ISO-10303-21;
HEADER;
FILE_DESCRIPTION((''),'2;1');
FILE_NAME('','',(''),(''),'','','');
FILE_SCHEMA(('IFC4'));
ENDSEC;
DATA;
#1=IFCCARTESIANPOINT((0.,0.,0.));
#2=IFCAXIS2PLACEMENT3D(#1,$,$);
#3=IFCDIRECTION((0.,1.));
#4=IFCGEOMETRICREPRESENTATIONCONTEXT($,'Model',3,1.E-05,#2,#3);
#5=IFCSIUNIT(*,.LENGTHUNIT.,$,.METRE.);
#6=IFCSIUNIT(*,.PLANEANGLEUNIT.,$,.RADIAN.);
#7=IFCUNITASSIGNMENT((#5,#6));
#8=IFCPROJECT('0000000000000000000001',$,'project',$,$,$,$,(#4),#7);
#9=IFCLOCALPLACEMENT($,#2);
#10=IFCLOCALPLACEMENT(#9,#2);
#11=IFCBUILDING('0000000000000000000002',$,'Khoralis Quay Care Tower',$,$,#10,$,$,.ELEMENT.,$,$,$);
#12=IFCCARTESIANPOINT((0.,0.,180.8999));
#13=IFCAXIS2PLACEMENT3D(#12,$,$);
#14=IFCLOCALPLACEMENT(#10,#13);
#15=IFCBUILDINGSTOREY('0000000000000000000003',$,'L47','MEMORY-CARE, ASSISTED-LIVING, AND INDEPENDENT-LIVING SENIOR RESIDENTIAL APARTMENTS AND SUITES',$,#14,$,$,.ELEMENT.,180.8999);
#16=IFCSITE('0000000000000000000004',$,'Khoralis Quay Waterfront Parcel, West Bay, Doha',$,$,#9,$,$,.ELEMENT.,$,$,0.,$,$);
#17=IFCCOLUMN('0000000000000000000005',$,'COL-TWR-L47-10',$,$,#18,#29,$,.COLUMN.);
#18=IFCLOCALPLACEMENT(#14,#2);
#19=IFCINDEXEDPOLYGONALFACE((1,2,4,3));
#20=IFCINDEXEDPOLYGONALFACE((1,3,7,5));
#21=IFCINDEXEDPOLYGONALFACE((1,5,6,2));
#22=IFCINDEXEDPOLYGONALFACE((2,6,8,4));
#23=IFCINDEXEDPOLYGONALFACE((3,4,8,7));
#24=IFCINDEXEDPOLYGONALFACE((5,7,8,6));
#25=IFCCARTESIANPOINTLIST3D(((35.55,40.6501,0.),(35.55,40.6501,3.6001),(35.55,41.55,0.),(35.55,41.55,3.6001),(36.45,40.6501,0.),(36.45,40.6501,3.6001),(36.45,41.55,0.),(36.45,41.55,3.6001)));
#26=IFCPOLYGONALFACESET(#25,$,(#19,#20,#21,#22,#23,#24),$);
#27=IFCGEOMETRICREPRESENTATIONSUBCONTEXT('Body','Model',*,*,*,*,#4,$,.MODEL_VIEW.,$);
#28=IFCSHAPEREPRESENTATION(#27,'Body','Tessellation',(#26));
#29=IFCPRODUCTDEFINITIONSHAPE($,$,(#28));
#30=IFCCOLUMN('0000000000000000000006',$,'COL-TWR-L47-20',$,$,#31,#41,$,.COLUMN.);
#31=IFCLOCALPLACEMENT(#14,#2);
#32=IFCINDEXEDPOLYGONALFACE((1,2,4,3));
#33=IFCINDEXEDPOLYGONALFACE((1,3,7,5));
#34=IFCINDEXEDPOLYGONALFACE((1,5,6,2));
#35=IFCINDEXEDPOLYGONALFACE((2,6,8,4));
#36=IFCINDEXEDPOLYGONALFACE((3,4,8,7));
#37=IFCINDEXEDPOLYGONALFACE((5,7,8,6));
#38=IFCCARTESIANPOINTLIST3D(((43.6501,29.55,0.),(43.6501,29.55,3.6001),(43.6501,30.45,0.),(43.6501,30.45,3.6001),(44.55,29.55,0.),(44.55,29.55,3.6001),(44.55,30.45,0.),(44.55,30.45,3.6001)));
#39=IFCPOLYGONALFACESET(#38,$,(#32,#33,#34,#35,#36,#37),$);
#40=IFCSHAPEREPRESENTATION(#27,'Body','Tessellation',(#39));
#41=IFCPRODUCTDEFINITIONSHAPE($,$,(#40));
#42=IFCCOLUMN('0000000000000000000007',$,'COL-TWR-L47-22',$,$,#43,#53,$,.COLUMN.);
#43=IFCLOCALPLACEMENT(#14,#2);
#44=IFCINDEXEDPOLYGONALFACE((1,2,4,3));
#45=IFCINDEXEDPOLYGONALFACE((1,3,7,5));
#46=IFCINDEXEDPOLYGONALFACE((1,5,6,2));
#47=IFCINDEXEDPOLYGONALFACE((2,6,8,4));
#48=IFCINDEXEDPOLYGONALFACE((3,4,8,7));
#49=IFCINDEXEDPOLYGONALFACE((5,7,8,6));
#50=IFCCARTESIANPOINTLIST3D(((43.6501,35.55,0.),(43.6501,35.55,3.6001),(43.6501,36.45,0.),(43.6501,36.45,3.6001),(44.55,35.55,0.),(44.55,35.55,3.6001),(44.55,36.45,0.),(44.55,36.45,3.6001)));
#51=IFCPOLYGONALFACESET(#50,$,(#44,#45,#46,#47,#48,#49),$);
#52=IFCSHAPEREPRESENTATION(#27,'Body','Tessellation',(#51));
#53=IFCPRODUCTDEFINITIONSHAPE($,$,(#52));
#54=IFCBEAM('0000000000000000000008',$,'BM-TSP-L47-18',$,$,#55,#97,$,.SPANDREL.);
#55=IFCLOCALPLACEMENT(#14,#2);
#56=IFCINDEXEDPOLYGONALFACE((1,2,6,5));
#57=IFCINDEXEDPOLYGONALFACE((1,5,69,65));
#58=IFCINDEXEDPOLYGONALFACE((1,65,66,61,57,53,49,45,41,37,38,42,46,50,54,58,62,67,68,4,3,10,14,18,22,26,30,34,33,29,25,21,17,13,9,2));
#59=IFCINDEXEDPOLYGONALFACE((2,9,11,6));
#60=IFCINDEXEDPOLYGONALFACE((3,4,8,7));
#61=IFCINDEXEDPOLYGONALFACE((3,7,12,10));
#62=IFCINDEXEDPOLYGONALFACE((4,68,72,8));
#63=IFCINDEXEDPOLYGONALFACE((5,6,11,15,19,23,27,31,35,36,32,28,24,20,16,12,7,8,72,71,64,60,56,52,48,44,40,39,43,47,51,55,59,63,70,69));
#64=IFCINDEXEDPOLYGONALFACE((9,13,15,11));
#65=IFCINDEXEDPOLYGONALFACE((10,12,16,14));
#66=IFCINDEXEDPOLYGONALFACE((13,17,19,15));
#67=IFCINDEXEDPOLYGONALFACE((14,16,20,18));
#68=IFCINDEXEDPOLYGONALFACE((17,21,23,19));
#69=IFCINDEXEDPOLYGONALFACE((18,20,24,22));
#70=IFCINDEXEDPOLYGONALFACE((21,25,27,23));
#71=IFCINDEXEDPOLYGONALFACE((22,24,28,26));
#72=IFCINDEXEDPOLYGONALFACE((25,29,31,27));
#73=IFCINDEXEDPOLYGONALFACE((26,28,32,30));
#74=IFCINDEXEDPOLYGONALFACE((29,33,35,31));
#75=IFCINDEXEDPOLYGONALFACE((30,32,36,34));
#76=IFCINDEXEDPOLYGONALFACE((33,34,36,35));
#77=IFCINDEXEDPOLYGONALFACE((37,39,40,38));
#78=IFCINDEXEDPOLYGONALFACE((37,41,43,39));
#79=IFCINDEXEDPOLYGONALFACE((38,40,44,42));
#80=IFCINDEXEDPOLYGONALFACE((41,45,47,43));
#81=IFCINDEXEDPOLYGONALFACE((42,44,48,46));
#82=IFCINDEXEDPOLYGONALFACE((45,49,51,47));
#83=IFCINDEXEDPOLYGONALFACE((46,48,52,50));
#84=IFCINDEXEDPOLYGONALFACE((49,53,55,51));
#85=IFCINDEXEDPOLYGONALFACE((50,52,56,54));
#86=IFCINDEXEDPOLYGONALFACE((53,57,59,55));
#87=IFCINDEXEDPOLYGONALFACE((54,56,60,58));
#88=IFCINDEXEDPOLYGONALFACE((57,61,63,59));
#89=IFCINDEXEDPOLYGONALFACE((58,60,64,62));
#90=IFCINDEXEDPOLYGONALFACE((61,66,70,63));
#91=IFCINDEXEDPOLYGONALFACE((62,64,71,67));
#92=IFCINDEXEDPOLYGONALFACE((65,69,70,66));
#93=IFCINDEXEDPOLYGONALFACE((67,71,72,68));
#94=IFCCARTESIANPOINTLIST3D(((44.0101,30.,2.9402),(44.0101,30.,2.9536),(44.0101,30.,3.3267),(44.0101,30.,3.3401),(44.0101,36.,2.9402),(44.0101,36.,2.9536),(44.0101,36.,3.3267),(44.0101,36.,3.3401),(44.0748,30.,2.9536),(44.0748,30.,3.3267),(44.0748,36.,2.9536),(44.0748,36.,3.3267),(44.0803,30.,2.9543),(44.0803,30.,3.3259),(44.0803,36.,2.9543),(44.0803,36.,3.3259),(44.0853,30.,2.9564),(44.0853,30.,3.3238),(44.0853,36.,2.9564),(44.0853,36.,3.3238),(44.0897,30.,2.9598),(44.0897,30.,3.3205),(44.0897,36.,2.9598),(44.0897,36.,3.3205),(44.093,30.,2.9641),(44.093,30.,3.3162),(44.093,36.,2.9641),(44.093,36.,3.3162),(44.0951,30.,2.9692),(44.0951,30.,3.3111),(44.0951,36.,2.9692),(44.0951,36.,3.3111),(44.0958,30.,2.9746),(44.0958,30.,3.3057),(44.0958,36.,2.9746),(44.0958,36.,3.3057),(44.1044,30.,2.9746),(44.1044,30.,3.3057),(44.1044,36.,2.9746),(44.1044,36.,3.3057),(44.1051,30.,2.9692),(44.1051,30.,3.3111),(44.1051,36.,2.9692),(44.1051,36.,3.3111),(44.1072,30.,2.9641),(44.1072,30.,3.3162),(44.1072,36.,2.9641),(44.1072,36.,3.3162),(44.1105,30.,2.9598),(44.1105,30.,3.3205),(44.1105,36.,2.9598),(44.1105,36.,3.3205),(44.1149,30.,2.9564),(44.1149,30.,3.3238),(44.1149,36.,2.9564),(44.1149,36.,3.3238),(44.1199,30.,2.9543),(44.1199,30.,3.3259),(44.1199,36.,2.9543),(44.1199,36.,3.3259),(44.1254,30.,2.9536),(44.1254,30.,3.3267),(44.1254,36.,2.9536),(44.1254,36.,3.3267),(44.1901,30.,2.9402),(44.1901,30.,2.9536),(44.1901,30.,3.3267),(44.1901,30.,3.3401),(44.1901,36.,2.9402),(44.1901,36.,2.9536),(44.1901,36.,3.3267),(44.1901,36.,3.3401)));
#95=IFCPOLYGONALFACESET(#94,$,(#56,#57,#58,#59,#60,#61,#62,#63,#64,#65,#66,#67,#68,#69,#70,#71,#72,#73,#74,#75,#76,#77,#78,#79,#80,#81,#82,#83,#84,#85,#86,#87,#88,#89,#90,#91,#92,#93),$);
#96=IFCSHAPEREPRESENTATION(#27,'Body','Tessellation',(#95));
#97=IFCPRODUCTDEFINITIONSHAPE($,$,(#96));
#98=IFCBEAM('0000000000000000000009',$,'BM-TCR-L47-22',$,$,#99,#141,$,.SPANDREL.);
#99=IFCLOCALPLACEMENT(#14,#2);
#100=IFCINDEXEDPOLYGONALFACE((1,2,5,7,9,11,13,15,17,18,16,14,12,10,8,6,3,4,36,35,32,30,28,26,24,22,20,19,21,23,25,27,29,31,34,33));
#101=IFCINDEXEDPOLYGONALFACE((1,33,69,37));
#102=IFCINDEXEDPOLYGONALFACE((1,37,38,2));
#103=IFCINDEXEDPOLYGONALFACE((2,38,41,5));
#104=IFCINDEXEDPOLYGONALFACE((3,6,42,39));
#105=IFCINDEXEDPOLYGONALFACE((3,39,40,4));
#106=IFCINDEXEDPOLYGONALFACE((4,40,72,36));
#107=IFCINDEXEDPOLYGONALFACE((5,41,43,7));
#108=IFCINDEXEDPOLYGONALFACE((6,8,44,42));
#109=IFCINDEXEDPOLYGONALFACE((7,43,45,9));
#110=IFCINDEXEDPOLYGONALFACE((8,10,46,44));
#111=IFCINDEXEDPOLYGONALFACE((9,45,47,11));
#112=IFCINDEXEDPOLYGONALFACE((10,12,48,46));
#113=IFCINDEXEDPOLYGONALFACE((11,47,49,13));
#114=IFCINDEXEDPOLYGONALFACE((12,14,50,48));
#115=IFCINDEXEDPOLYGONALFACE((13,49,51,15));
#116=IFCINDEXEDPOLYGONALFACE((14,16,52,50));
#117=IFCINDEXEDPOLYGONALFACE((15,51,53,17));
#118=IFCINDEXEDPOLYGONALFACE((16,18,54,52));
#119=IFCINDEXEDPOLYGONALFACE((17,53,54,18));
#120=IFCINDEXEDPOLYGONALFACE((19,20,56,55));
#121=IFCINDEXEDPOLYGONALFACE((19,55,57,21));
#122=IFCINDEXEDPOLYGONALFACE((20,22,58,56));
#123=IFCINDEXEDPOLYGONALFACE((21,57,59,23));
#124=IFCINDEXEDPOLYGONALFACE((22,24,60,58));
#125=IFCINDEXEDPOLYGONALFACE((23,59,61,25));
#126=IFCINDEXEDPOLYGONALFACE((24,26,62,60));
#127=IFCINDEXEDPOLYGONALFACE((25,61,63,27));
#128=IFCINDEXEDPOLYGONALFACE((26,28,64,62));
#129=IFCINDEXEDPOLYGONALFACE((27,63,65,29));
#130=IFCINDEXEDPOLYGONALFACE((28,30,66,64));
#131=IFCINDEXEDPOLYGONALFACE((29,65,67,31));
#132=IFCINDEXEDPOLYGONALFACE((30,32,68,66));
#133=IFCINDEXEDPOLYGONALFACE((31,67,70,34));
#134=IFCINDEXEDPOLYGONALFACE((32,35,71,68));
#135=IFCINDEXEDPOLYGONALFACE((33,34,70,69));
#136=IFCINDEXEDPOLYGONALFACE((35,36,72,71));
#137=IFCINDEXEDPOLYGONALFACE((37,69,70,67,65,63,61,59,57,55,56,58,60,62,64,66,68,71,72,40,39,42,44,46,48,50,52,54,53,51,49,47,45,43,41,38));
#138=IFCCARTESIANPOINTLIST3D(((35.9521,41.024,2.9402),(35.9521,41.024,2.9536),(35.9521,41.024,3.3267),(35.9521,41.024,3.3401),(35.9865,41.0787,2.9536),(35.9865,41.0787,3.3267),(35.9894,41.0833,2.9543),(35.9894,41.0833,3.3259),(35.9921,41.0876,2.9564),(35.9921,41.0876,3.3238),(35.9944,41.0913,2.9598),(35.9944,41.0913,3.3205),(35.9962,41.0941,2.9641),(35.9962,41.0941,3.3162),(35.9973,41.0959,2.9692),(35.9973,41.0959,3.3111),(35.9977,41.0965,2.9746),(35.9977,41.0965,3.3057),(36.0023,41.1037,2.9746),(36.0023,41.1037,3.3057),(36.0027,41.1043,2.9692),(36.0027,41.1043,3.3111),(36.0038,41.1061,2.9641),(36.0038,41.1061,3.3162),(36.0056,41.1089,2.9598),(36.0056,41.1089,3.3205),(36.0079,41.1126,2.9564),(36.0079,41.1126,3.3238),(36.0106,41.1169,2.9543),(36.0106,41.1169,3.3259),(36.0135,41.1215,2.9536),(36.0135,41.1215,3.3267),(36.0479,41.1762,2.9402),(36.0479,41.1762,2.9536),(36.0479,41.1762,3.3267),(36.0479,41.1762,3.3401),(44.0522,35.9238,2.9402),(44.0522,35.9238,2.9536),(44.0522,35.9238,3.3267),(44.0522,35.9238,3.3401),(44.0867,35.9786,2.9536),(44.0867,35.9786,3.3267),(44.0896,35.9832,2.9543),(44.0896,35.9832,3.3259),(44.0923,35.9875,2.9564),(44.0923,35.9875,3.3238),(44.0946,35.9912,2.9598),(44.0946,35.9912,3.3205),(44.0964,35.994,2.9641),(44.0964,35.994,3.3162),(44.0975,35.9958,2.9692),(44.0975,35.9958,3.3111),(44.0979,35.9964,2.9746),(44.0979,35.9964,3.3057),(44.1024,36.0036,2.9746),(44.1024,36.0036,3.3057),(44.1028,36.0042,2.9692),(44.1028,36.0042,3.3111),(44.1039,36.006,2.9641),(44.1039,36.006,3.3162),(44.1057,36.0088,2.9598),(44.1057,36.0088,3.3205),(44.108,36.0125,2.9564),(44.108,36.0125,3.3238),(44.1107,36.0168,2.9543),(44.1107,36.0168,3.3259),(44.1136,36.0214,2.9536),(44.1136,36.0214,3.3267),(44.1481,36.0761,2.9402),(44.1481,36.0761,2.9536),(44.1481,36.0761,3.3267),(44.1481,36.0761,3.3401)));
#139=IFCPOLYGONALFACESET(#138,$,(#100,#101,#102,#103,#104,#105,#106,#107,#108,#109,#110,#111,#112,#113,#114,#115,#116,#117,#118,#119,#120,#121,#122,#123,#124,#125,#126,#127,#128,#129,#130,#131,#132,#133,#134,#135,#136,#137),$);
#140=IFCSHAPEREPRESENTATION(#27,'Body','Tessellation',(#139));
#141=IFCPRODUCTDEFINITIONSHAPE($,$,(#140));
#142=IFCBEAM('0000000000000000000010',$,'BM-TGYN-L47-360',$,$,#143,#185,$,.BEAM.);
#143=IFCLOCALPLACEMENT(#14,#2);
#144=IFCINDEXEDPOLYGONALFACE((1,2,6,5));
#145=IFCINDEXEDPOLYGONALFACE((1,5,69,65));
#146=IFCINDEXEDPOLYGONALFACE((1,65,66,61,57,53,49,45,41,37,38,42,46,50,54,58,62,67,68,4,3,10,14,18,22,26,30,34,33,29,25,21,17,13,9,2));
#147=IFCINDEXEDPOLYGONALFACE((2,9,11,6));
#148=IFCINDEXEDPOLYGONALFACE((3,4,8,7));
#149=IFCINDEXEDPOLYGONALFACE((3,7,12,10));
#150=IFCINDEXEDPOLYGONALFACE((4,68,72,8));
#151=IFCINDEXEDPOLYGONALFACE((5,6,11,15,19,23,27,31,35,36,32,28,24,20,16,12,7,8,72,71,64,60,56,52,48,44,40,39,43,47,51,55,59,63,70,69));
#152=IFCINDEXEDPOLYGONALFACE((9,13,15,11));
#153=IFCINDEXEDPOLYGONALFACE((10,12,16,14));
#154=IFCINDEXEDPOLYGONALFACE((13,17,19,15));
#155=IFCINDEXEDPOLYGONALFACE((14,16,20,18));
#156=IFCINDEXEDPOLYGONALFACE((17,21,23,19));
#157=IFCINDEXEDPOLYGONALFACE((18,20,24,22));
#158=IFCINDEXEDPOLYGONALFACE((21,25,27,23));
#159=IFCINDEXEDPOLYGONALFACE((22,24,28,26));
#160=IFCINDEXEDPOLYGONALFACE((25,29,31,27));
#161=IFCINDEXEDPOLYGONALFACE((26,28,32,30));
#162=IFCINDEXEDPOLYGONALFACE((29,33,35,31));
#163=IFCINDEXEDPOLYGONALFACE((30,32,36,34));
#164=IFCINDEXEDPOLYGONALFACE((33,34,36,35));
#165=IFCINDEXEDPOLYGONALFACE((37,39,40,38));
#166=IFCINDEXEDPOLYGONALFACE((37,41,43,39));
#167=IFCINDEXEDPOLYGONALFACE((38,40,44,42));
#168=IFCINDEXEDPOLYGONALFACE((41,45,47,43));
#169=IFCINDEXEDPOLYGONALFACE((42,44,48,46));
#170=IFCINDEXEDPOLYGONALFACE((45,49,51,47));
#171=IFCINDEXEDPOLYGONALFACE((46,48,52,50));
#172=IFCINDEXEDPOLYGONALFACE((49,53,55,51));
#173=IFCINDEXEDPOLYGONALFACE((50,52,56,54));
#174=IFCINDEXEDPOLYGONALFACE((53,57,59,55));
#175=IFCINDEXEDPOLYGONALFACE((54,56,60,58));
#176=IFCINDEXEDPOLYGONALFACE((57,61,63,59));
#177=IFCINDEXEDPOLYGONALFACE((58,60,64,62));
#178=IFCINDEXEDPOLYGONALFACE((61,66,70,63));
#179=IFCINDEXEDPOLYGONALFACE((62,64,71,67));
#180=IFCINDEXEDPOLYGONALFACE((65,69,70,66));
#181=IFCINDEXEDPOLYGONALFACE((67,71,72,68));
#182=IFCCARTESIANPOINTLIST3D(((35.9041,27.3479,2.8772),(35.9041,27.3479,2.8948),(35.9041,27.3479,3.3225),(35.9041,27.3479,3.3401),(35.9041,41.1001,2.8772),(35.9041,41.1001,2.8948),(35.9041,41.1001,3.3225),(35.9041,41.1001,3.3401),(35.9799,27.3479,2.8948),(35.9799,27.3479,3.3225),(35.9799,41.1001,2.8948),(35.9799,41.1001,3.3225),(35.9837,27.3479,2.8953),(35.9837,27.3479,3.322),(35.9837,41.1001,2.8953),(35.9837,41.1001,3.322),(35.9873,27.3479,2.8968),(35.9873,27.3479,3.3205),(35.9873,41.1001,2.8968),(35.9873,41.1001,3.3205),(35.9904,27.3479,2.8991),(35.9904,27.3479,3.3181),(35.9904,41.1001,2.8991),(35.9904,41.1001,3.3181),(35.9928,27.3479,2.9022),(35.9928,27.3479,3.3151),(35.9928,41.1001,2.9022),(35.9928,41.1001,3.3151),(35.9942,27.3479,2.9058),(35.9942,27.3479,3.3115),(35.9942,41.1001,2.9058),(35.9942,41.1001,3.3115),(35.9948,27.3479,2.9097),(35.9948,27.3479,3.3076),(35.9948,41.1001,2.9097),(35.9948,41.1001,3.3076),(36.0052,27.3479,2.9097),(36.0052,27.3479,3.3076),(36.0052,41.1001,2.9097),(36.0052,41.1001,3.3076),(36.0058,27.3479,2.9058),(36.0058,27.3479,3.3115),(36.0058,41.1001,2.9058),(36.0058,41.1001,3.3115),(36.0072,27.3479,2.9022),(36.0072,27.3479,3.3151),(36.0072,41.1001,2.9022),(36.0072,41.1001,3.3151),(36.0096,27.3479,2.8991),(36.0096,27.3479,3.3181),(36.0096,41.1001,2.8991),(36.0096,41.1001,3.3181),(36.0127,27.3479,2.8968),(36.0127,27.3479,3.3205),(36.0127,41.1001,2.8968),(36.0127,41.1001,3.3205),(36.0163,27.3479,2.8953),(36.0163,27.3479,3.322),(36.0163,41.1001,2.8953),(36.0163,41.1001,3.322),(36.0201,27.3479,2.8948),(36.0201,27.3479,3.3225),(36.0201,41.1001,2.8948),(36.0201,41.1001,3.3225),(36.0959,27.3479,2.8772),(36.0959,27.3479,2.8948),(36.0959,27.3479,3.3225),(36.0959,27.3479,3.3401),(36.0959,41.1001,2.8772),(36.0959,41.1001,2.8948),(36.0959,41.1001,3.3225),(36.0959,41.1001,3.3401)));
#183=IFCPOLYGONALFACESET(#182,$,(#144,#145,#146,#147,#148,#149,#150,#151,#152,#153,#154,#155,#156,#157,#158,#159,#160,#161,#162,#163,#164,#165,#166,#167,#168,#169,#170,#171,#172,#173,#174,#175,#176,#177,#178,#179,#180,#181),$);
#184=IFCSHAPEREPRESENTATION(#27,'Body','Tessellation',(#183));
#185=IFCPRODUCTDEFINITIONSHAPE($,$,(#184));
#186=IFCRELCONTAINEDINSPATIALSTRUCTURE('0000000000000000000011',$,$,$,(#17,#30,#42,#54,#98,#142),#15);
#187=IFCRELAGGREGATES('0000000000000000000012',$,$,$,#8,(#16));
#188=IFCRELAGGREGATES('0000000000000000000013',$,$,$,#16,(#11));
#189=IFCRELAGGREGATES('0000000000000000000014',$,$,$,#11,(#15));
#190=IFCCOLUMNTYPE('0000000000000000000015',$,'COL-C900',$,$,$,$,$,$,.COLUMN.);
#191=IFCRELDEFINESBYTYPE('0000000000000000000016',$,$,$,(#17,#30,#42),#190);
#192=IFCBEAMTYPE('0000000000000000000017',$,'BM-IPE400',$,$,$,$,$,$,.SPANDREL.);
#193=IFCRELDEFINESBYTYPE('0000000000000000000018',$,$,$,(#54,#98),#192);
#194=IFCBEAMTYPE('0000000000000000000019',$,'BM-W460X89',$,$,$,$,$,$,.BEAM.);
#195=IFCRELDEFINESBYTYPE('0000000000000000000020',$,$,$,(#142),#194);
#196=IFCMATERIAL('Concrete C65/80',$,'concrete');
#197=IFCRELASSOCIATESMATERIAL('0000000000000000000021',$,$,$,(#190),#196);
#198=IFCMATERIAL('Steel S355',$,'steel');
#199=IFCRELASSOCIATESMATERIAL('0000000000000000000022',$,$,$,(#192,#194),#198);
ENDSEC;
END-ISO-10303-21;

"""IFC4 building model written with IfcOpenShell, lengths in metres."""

from ifc_helpers import new_model, si_unit, direction, frame, origin, origin_2d, place, context, subcontext, project, spatial, rectangle, i_section, extrude, source, transform, mapped, material, material_profile, profile_set, type_object, element, save


model = new_model("IFC4")

# Units and contexts
model_context = context("Model", 3, precision=1e-05, world=origin(), true_north=direction((0.0, 1.0)))
body_context = subcontext(model_context, "Body", "Model", "MODEL_VIEW")
ifc_project = project(units=[si_unit("LENGTHUNIT", "METRE"), si_unit("PLANEANGLEUNIT", "RADIAN")], contexts=[model_context])

# Site, building, storey
site_placement = place(None, origin())
site = spatial("IfcSite", under=ifc_project, at=site_placement, Name="Khoralis Quay Waterfront Parcel, West Bay, Doha", CompositionType="ELEMENT", RefElevation=0.0)
building_placement = place(site_placement, origin())
building = spatial("IfcBuilding", under=site, at=building_placement, Name="Khoralis Quay Care Tower", CompositionType="ELEMENT")
storey_placement = place(building_placement, frame((0.0, 0.0, 180.8999)))
storey = spatial("IfcBuildingStorey", under=building, at=storey_placement, Name="L47", Description="MEMORY-CARE, ASSISTED-LIVING, AND INDEPENDENT-LIVING SENIOR RESIDENTIAL APARTMENTS AND SUITES", CompositionType="ELEMENT", Elevation=180.8999)

# Columns
ifc_material_1 = material(Name="Concrete C65/80", Category="concrete")
ifc_material_profile_1 = material_profile(ifc_material_1, rectangle(XDim=0.8999, YDim=0.8999, at=origin_2d()), Name="Concrete C65/80")
ifc_profile_set_1 = profile_set([ifc_material_profile_1], Name="Concrete C65/80")
column_type = type_object("IfcColumnType", Name="COL-C900", PredefinedType="COLUMN", material=ifc_profile_set_1)
shared_shape_1 = source(origin(), body_context, "Body", "SweptSolid", [
    extrude(rectangle(XDim=0.8999, YDim=0.8999, at=origin_2d()), origin(), (0.0, 0.0, 1.0), 3.6001),
])
for number, where, z_axis, x_axis, name in (
    (1, (36.0, 41.1001, 0.0), (0.0, 0.0, 1.0), (1.0, 0.0, 0.0), "COL-TWR-L47-10"),
    (2, (44.1001, 30.0, 0.0), (0.0, 0.0, 1.0), (1.0, 0.0, 0.0), "COL-TWR-L47-20"),
    (3, (44.1001, 36.0, 0.0), (0.0, 0.0, 1.0), (1.0, 0.0, 0.0), "COL-TWR-L47-22"),
):
    element("IfcColumn", number, at=place(storey_placement, frame(where, z_axis=z_axis, x_axis=x_axis)), inside=storey, type_object=column_type, Name=name, PredefinedType="COLUMN", context=body_context, shape_type="MappedRepresentation", body=[
        mapped(shared_shape_1, transform((0.0, 0.0, 0.0), scale=1.0)),
    ])

# Beams
ifc_material_2 = material(Name="Steel S355", Category="steel")
ifc_material_profile_2 = material_profile(ifc_material_2, i_section(OverallWidth=0.1799, OverallDepth=0.3999, WebThickness=0.0085, FlangeThickness=0.0134, FilletRadius=0.021, at=origin_2d()), Name="Steel S355")
ifc_profile_set_2 = profile_set([ifc_material_profile_2], Name="Steel S355")
beam_type_1 = type_object("IfcBeamType", Name="BM-IPE400", PredefinedType="SPANDREL", material=ifc_profile_set_2)
shared_shape_2 = source(origin(), body_context, "Body", "SweptSolid", [
    extrude(i_section(OverallWidth=0.1799, OverallDepth=0.3999, WebThickness=0.0085, FlangeThickness=0.0134, FilletRadius=0.021, at=origin_2d()), origin(), (0.0, 0.0, 1.0), 6.0),
])
beam_1_placement = place(storey_placement, frame((44.1001, 30.0, 3.1401), z_axis=(0.0, 1.0, 0.0), x_axis=(-1.0, 0.0, 0.0)))
element("IfcBeam", 4, at=beam_1_placement, inside=storey, type_object=beam_type_1, Name="BM-TSP-L47-18", PredefinedType="SPANDREL", context=body_context, shape_type="MappedRepresentation", body=[
    mapped(shared_shape_2, transform((0.0, 0.0, 0.0), scale=1.0)),
])
shared_shape_3 = source(origin(), body_context, "Body", "SweptSolid", [
    extrude(i_section(OverallWidth=0.1799, OverallDepth=0.3999, WebThickness=0.0085, FlangeThickness=0.0134, FilletRadius=0.021, at=origin_2d()), origin(), (0.0, 0.0, 1.0), 9.572),
])
beam_2_placement = place(storey_placement, frame((36.0, 41.1001, 3.1401), z_axis=(0.846231, -0.532816, 0.0), x_axis=(0.532816, 0.846231, 0.0)))
element("IfcBeam", 5, at=beam_2_placement, inside=storey, type_object=beam_type_1, Name="BM-TCR-L47-22", PredefinedType="SPANDREL", context=body_context, shape_type="MappedRepresentation", body=[
    mapped(shared_shape_3, transform((0.0, 0.0, 0.0), scale=1.0)),
])
ifc_material_profile_3 = material_profile(ifc_material_2, i_section(OverallWidth=0.1919, OverallDepth=0.4629, WebThickness=0.0105, FlangeThickness=0.0176, FilletRadius=0.0149, at=origin_2d()), Name="Steel S355")
ifc_profile_set_3 = profile_set([ifc_material_profile_3], Name="Steel S355")
beam_type_2 = type_object("IfcBeamType", Name="BM-W460X89", PredefinedType="BEAM", material=ifc_profile_set_3)
shared_shape_4 = source(origin(), body_context, "Body", "SweptSolid", [
    extrude(i_section(OverallWidth=0.1919, OverallDepth=0.4629, WebThickness=0.0105, FlangeThickness=0.0176, FilletRadius=0.0149, at=origin_2d()), origin(), (0.0, 0.0, 1.0), 13.7522),
])
beam_3_placement = place(storey_placement, frame((36.0, 27.3479, 3.1086), z_axis=(0.0, 1.0, 0.0), x_axis=(-1.0, 0.0, 0.0)))
element("IfcBeam", 6, at=beam_3_placement, inside=storey, type_object=beam_type_2, Name="BM-TGYN-L47-360", PredefinedType="BEAM", context=body_context, shape_type="MappedRepresentation", body=[
    mapped(shared_shape_4, transform((0.0, 0.0, 0.0), scale=1.0)),
])

save(model, "model.ifc")
